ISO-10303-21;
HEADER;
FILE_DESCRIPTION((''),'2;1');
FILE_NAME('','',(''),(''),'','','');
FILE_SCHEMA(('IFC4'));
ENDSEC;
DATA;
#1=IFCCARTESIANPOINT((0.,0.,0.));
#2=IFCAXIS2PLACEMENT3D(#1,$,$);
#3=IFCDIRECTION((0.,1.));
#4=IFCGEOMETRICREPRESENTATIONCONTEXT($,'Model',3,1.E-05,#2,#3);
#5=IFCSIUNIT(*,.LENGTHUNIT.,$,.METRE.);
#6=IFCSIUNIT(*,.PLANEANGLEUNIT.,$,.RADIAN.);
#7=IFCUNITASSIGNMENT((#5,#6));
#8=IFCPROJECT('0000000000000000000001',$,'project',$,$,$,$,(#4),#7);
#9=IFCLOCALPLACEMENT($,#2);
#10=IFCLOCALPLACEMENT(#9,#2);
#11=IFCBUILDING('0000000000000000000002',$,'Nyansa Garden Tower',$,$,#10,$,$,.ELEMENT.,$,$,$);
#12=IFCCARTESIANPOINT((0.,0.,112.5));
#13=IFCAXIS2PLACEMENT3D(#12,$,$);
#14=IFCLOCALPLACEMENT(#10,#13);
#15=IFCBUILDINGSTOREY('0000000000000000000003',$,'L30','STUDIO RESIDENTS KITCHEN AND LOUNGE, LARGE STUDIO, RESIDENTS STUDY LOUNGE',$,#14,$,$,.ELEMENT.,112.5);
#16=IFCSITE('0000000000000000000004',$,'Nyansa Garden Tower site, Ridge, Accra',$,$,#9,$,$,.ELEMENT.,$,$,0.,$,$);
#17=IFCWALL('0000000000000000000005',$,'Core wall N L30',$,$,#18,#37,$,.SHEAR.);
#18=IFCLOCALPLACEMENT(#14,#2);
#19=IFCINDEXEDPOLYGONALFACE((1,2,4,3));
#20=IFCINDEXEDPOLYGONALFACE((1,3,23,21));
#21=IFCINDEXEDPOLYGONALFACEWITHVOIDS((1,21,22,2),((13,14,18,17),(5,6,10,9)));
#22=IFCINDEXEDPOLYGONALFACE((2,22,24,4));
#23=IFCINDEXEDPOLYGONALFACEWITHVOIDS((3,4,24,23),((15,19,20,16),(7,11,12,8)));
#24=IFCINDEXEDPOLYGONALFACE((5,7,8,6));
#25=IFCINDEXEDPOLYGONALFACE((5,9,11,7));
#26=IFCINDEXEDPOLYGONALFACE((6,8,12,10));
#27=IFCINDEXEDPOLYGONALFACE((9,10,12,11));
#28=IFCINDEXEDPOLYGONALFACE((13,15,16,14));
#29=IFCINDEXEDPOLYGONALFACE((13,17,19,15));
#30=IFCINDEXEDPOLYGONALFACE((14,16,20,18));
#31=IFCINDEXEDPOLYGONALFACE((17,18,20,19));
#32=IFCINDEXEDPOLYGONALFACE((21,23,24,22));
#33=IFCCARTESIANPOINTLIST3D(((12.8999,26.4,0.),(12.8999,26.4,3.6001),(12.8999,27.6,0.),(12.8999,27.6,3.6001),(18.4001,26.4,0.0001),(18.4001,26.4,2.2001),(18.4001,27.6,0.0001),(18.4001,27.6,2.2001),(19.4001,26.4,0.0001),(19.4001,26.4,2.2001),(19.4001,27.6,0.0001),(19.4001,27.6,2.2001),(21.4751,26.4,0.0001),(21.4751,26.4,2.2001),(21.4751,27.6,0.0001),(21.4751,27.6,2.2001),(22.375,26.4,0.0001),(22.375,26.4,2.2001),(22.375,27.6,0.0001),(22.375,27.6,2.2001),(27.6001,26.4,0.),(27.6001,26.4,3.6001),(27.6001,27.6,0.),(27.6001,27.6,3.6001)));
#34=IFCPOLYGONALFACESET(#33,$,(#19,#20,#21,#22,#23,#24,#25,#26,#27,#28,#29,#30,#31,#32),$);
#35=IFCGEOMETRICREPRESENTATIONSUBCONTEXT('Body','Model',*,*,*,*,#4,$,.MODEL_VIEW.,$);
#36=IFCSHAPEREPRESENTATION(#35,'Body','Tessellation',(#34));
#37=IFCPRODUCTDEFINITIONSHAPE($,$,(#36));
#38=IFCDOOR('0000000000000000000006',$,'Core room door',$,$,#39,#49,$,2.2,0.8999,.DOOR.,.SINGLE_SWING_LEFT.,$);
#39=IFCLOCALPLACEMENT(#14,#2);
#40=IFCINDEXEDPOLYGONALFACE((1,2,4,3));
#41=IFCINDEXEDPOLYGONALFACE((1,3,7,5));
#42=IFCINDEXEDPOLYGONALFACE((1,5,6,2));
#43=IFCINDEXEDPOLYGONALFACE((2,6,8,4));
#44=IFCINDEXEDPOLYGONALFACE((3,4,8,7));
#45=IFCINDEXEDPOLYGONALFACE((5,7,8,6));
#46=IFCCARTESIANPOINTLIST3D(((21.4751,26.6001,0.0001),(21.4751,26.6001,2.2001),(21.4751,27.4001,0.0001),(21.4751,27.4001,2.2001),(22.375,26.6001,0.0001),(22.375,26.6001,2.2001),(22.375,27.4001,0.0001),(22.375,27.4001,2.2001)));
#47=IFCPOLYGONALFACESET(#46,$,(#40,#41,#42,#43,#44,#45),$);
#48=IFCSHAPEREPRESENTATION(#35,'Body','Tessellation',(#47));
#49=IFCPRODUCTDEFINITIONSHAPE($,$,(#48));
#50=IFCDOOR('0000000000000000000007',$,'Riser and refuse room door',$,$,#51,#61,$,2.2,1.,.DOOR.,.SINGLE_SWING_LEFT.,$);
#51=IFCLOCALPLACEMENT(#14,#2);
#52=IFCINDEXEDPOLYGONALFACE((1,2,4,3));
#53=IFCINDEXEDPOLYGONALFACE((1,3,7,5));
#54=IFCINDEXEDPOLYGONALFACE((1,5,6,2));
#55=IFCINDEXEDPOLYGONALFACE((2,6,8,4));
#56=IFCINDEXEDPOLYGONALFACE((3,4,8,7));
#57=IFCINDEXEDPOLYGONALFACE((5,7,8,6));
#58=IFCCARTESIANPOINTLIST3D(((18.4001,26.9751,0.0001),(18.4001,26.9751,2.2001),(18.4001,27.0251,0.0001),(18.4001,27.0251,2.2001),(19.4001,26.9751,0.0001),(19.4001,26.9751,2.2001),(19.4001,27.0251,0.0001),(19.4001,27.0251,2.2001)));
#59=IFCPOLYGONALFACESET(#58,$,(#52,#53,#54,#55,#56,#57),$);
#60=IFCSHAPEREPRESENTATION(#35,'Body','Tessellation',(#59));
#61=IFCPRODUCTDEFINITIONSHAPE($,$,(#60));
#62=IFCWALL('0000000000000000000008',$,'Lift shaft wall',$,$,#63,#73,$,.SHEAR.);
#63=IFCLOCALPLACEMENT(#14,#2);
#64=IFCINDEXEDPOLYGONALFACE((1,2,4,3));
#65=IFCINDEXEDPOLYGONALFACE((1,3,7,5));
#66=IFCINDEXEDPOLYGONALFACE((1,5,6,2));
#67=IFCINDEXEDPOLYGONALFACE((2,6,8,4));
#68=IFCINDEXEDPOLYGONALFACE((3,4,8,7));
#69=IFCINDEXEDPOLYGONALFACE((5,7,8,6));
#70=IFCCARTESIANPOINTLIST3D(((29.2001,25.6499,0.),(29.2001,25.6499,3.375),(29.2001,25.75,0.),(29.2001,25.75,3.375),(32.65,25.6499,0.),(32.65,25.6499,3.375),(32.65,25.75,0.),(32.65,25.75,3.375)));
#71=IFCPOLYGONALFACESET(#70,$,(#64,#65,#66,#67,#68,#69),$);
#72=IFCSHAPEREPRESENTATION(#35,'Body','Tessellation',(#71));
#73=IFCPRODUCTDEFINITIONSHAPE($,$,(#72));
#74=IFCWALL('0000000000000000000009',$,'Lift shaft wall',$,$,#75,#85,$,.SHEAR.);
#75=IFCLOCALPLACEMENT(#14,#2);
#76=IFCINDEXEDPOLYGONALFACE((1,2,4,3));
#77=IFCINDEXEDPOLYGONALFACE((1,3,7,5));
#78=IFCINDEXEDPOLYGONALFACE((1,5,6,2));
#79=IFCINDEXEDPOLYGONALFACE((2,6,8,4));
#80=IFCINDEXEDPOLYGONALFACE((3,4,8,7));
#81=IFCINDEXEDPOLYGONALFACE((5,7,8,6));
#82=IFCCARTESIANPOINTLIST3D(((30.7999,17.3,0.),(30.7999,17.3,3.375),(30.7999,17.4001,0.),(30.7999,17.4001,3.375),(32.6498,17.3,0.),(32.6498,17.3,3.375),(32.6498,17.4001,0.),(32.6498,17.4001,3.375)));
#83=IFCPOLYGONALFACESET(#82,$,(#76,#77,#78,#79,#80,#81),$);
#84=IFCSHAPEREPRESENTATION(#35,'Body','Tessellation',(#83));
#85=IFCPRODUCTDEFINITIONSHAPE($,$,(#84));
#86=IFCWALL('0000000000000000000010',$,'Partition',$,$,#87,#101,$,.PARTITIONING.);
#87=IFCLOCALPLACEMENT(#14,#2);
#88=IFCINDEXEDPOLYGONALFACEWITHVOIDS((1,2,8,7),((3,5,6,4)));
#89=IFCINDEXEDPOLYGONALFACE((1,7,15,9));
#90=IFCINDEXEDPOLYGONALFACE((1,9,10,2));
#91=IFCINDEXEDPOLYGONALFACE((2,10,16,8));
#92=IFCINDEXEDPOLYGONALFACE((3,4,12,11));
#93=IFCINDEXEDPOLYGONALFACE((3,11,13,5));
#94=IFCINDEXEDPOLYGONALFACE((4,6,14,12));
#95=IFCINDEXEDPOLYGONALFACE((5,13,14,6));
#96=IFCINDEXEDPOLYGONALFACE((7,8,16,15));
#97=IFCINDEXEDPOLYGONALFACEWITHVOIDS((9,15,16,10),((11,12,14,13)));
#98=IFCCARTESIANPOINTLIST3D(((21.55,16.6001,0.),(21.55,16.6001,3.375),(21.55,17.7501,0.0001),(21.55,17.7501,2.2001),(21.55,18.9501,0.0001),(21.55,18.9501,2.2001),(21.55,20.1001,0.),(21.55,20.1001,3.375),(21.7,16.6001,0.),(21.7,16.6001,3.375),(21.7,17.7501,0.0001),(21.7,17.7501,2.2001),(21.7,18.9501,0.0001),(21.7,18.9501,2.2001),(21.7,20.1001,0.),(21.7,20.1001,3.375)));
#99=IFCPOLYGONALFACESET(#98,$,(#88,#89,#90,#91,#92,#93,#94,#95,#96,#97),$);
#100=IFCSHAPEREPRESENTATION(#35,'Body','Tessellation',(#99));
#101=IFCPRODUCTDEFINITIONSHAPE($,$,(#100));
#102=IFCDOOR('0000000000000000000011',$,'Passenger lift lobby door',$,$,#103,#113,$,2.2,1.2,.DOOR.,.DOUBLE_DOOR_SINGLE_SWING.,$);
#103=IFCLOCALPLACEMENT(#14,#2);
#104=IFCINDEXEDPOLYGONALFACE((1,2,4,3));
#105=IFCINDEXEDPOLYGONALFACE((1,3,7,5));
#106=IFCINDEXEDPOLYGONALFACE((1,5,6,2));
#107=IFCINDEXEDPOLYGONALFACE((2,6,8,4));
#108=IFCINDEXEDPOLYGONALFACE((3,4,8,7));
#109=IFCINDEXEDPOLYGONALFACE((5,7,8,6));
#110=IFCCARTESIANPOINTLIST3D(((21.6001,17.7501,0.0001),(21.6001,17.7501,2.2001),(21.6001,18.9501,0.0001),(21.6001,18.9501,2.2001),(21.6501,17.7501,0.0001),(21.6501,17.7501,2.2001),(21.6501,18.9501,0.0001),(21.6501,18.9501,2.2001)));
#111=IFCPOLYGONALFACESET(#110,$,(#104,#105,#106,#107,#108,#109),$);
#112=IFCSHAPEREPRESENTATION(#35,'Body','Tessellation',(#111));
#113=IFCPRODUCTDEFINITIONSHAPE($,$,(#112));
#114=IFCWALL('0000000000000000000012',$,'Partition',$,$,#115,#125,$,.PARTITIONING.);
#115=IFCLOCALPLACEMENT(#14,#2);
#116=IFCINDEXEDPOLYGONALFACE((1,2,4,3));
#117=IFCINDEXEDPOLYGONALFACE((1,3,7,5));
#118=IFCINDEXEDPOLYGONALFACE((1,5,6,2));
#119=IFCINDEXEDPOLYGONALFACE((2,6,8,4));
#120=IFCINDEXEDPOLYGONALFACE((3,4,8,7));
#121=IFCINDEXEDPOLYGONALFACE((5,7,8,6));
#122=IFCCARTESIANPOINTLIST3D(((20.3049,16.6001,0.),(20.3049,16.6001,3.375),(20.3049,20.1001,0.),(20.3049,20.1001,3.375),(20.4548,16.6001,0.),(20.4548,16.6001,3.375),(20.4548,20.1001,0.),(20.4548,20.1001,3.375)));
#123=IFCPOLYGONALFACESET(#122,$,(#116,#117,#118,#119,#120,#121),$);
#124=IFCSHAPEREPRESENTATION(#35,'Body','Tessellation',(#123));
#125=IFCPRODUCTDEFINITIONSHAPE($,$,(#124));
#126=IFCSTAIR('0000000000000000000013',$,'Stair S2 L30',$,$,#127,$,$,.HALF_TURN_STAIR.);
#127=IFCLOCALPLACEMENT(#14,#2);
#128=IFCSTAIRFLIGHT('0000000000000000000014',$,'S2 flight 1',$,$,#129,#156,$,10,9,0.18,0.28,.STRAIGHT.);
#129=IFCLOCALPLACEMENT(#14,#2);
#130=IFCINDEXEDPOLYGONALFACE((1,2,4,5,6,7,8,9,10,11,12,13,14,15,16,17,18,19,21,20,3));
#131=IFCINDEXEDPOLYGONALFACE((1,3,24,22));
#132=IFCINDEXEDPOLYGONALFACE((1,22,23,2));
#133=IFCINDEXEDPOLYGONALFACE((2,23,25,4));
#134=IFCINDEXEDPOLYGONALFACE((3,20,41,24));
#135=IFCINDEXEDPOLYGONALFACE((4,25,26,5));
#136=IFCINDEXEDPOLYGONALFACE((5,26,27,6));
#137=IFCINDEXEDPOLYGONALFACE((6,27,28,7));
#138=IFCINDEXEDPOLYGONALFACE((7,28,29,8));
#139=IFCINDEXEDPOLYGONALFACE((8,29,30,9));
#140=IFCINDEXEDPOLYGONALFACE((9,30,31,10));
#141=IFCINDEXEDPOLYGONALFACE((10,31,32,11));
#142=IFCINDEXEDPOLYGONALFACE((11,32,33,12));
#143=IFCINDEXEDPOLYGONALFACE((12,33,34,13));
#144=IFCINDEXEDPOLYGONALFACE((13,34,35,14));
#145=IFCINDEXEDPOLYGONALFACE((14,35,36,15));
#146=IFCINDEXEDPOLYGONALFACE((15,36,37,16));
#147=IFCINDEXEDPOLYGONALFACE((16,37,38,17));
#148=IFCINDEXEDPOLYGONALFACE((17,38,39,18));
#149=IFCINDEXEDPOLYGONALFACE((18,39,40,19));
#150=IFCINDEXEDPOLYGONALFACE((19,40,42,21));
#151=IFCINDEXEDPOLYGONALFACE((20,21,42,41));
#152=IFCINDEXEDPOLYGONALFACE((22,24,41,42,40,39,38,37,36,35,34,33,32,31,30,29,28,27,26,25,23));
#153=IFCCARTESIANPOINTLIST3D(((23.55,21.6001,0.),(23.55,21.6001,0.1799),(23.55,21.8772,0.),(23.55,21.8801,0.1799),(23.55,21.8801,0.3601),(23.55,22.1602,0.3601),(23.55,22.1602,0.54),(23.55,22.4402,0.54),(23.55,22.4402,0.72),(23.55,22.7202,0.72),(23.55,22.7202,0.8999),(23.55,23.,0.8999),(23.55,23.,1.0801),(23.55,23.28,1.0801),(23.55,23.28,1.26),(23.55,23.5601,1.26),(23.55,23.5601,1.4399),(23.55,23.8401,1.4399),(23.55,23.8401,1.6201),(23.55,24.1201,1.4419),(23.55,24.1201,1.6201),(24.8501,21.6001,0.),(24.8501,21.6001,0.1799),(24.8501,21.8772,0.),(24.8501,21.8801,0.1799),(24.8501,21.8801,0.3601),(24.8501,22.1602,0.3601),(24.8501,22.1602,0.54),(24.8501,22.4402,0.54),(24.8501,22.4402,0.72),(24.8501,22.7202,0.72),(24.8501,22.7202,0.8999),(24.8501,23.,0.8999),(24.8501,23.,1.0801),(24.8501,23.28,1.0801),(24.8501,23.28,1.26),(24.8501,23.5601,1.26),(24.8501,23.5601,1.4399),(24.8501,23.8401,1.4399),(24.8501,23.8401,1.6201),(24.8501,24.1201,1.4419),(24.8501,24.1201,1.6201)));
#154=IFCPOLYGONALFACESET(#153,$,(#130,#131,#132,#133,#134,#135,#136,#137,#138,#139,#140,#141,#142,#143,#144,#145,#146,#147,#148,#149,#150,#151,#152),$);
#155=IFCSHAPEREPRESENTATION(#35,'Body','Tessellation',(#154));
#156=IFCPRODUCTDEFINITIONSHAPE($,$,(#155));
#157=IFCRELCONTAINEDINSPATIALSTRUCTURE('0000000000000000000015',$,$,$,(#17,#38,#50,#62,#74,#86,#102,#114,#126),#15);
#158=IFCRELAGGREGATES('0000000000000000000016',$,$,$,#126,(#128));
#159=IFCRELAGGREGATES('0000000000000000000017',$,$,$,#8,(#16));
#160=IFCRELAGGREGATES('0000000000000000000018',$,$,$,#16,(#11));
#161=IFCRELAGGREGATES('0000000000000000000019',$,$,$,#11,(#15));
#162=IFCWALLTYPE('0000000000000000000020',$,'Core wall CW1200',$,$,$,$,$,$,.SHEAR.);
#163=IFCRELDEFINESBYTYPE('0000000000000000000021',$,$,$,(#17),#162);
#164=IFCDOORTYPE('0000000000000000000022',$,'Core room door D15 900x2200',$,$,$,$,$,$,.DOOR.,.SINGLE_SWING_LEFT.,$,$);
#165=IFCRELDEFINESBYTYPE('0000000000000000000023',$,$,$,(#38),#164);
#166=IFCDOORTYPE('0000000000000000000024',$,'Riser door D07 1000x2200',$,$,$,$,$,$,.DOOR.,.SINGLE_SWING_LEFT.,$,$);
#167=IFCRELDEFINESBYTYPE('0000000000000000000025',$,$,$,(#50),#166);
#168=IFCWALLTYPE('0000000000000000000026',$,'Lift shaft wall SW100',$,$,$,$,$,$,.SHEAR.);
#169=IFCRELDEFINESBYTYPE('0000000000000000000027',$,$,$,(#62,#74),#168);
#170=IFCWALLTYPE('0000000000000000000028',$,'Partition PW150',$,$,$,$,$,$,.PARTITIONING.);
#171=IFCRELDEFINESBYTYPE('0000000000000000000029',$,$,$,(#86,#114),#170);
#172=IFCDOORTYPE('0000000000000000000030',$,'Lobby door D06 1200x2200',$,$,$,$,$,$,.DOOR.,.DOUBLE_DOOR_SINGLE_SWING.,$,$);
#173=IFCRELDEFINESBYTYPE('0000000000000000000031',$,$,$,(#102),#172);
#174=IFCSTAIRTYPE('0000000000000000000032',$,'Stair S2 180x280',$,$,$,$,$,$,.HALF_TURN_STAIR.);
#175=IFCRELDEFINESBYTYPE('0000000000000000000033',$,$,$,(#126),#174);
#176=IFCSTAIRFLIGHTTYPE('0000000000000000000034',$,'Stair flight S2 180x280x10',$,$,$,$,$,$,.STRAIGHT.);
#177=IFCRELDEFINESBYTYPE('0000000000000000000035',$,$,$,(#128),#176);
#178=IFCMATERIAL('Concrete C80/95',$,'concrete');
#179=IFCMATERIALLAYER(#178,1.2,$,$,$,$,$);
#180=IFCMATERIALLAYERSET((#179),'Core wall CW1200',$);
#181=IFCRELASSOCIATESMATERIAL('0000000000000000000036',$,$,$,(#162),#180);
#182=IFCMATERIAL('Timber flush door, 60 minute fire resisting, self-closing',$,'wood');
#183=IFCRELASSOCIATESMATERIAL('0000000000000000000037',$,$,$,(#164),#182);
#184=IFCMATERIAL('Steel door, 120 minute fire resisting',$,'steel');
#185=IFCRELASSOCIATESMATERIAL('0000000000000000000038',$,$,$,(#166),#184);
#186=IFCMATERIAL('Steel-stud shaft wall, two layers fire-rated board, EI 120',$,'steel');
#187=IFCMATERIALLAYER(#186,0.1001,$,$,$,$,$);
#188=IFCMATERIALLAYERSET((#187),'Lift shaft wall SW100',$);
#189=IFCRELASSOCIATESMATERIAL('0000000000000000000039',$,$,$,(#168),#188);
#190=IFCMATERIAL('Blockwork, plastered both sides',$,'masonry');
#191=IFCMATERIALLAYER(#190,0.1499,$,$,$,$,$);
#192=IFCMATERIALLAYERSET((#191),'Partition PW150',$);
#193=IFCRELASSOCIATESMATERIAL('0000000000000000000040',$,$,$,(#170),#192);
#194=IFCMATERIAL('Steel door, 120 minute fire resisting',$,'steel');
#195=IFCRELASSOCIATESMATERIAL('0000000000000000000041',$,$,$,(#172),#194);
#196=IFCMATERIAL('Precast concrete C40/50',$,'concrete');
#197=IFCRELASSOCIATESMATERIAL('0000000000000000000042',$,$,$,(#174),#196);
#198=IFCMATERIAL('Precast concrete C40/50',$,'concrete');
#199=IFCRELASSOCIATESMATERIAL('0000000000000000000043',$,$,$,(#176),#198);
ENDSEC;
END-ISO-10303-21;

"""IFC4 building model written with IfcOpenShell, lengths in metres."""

from ifc_helpers import new_model, si_unit, direction, frame, frame_2d, origin, place, context, subcontext, project, spatial, polyline, rectangle, outline, extrude, material, layer, layer_set, type_object, element, fill, aggregate, save


model = new_model("IFC4")

# Units and contexts
model_context = context("Model", 3, precision=1e-05, world=origin(), true_north=direction((0.0, 1.0)))
body_context = subcontext(model_context, "Body", "Model", "MODEL_VIEW")
ifc_project = project(units=[si_unit("LENGTHUNIT", "METRE"), si_unit("PLANEANGLEUNIT", "RADIAN")], contexts=[model_context])

# Site, building, storey
site_placement = place(None, origin())
site = spatial("IfcSite", under=ifc_project, at=site_placement, Name="Nyansa Garden Tower site, Ridge, Accra", CompositionType="ELEMENT", RefElevation=0.0)
building_placement = place(site_placement, origin())
building = spatial("IfcBuilding", under=site, at=building_placement, Name="Nyansa Garden Tower", CompositionType="ELEMENT")
storey_placement = place(building_placement, frame((0.0, 0.0, 112.5)))
storey = spatial("IfcBuildingStorey", under=building, at=storey_placement, Name="L30", Description="STUDIO RESIDENTS KITCHEN AND LOUNGE, LARGE STUDIO, RESIDENTS STUDY LOUNGE", CompositionType="ELEMENT", Elevation=112.5)

# Wall, openings, doors
ifc_material_1 = material(Name="Concrete C80/95", Category="concrete")
ifc_layer_1 = layer(ifc_material_1, 1.2)
ifc_layer_set_1 = layer_set([ifc_layer_1], Name="Core wall CW1200")
wall_type_1 = type_object("IfcWallType", Name="Core wall CW1200", PredefinedType="SHEAR", material=ifc_layer_set_1)
wall_1_placement = place(storey_placement, frame((27.6001, 27.0, 0.0), z_axis=(0.0, 0.0, 1.0), x_axis=(-1.0, 0.0, 0.0)))
wall_1 = element("IfcWall", 1, at=wall_1_placement, inside=storey, type_object=wall_type_1, Name="Core wall N L30", PredefinedType="SHEAR", context=body_context, shape_type="SweptSolid", body=[
    extrude(rectangle(XDim=14.7002, YDim=1.2, at=frame_2d((7.3501, 0.0))), origin(), (0.0, 0.0, 1.0), 3.6001),
])
opening_1_placement = place(wall_1_placement, frame((5.2251, 0.0, 0.0)))
opening_1 = element("IfcOpeningElement", 2, at=opening_1_placement, cuts=wall_1, PredefinedType="OPENING", context=body_context, shape_type="SweptSolid", body=[
    extrude(rectangle(XDim=0.8999, YDim=2.2, at=frame_2d((0.45, 1.1001))), frame((0.0, 0.6099, 0.0), z_axis=(0.0, -1.0, 0.0), x_axis=(1.0, 0.0, 0.0)), (0.0, 0.0, 1.0), 1.22),
])
opening_2_placement = place(wall_1_placement, frame((8.2, 0.0, 0.0)))
opening_2 = element("IfcOpeningElement", 3, at=opening_2_placement, cuts=wall_1, PredefinedType="OPENING", context=body_context, shape_type="SweptSolid", body=[
    extrude(rectangle(XDim=1.0, YDim=2.2, at=frame_2d((0.5, 1.1001))), frame((0.0, 0.6099, 0.0), z_axis=(0.0, -1.0, 0.0), x_axis=(1.0, 0.0, 0.0)), (0.0, 0.0, 1.0), 1.22),
])
ifc_material_2 = material(Name="Timber flush door, 60 minute fire resisting, self-closing", Category="wood")
door_type_1 = type_object("IfcDoorType", Name="Core room door D15 900x2200", OperationType="SINGLE_SWING_LEFT", PredefinedType="DOOR", material=ifc_material_2)
door_1_placement = place(opening_1_placement, origin())
door_1 = element("IfcDoor", 4, at=door_1_placement, inside=storey, type_object=door_type_1, Name="Core room door", OperationType="SINGLE_SWING_LEFT", OverallHeight=2.2, OverallWidth=0.8999, PredefinedType="DOOR", context=body_context, shape_type="SweptSolid", body=[
    extrude(rectangle(XDim=0.8999, YDim=2.2, at=frame_2d((0.45, 1.1001))), frame((0.0, 0.3999, 0.0), z_axis=(0.0, -1.0, 0.0), x_axis=(1.0, 0.0, 0.0)), (0.0, 0.0, 1.0), 0.8),
])
fill(opening_1, door_1)
ifc_material_3 = material(Name="Steel door, 120 minute fire resisting", Category="steel")
door_type_2 = type_object("IfcDoorType", Name="Riser door D07 1000x2200", OperationType="SINGLE_SWING_LEFT", PredefinedType="DOOR", material=ifc_material_3)
door_2_placement = place(opening_2_placement, origin())
door_2 = element("IfcDoor", 5, at=door_2_placement, inside=storey, type_object=door_type_2, Name="Riser and refuse room door", OperationType="SINGLE_SWING_LEFT", OverallHeight=2.2, OverallWidth=1.0, PredefinedType="DOOR", context=body_context, shape_type="SweptSolid", body=[
    extrude(rectangle(XDim=1.0, YDim=2.2, at=frame_2d((0.5, 1.1001))), frame((0.0, 0.0249, 0.0), z_axis=(0.0, -1.0, 0.0), x_axis=(1.0, 0.0, 0.0)), (0.0, 0.0, 1.0), 0.05),
])
fill(opening_2, door_2)

# Walls
ifc_material_4 = material(Name="Steel-stud shaft wall, two layers fire-rated board, EI 120", Category="steel")
ifc_layer_2 = layer(ifc_material_4, 0.1001)
ifc_layer_set_2 = layer_set([ifc_layer_2], Name="Lift shaft wall SW100")
wall_type_2 = type_object("IfcWallType", Name="Lift shaft wall SW100", PredefinedType="SHEAR", material=ifc_layer_set_2)
wall_2_placement = place(storey_placement, frame((29.2, 25.7, 0.0), z_axis=(0.0, 0.0, 1.0), x_axis=(1.0, 0.0, 0.0)))
element("IfcWall", 6, at=wall_2_placement, inside=storey, type_object=wall_type_2, Name="Lift shaft wall", PredefinedType="SHEAR", context=body_context, shape_type="SweptSolid", body=[
    extrude(rectangle(XDim=3.45, YDim=0.1001, at=frame_2d((1.7251, 0.0))), origin(), (0.0, 0.0, 1.0), 3.375),
])
wall_3_placement = place(storey_placement, frame((30.8, 17.3501, 0.0), z_axis=(0.0, 0.0, 1.0), x_axis=(1.0, 0.0, 0.0)))
element("IfcWall", 7, at=wall_3_placement, inside=storey, type_object=wall_type_2, Name="Lift shaft wall", PredefinedType="SHEAR", context=body_context, shape_type="SweptSolid", body=[
    extrude(rectangle(XDim=1.8499, YDim=0.1001, at=frame_2d((0.9248, 0.0))), origin(), (0.0, 0.0, 1.0), 3.375),
])

# Wall, opening, door
ifc_material_5 = material(Name="Blockwork, plastered both sides", Category="masonry")
ifc_layer_3 = layer(ifc_material_5, 0.1499)
ifc_layer_set_3 = layer_set([ifc_layer_3], Name="Partition PW150")
wall_type_3 = type_object("IfcWallType", Name="Partition PW150", PredefinedType="PARTITIONING", material=ifc_layer_set_3)
wall_4_placement = place(storey_placement, frame((21.625, 16.6001, 0.0), z_axis=(0.0, 0.0, 1.0), x_axis=(0.0, 1.0, 0.0)))
wall_4 = element("IfcWall", 8, at=wall_4_placement, inside=storey, type_object=wall_type_3, Name="Partition", PredefinedType="PARTITIONING", context=body_context, shape_type="SweptSolid", body=[
    extrude(rectangle(XDim=3.5, YDim=0.1499, at=frame_2d((1.75, 0.0))), origin(), (0.0, 0.0, 1.0), 3.375),
])
opening_3_placement = place(wall_4_placement, frame((1.1499, 0.0, 0.0)))
opening_3 = element("IfcOpeningElement", 9, at=opening_3_placement, cuts=wall_4, PredefinedType="OPENING", context=body_context, shape_type="SweptSolid", body=[
    extrude(rectangle(XDim=1.2, YDim=2.2, at=frame_2d((0.6001, 1.1001))), frame((0.0, 0.085, 0.0), z_axis=(0.0, -1.0, 0.0), x_axis=(1.0, 0.0, 0.0)), (0.0, 0.0, 1.0), 0.1699),
])
ifc_material_6 = material(Name="Steel door, 120 minute fire resisting", Category="steel")
door_type_3 = type_object("IfcDoorType", Name="Lobby door D06 1200x2200", OperationType="DOUBLE_DOOR_SINGLE_SWING", PredefinedType="DOOR", material=ifc_material_6)
door_3_placement = place(opening_3_placement, origin())
door_3 = element("IfcDoor", 10, at=door_3_placement, inside=storey, type_object=door_type_3, Name="Passenger lift lobby door", OperationType="DOUBLE_DOOR_SINGLE_SWING", OverallHeight=2.2, OverallWidth=1.2, PredefinedType="DOOR", context=body_context, shape_type="SweptSolid", body=[
    extrude(rectangle(XDim=1.2, YDim=2.2, at=frame_2d((0.6001, 1.1001))), frame((0.0, 0.0249, 0.0), z_axis=(0.0, -1.0, 0.0), x_axis=(1.0, 0.0, 0.0)), (0.0, 0.0, 1.0), 0.05),
])
fill(opening_3, door_3)

# Wall
wall_5_placement = place(storey_placement, frame((20.3799, 16.6001, 0.0), z_axis=(0.0, 0.0, 1.0), x_axis=(0.0, 1.0, 0.0)))
element("IfcWall", 11, at=wall_5_placement, inside=storey, type_object=wall_type_3, Name="Partition", PredefinedType="PARTITIONING", context=body_context, shape_type="SweptSolid", body=[
    extrude(rectangle(XDim=3.5, YDim=0.1499, at=frame_2d((1.75, 0.0))), origin(), (0.0, 0.0, 1.0), 3.375),
])

# Stair, stair flight
ifc_material_7 = material(Name="Precast concrete C40/50", Category="concrete")
stair_type = type_object("IfcStairType", Name="Stair S2 180x280", PredefinedType="HALF_TURN_STAIR", material=ifc_material_7)
stair_placement = place(storey_placement, origin())
stair = element("IfcStair", 12, at=stair_placement, inside=storey, type_object=stair_type, Name="Stair S2 L30", PredefinedType="HALF_TURN_STAIR")
ifc_material_8 = material(Name="Precast concrete C40/50", Category="concrete")
stair_flight_type = type_object("IfcStairFlightType", Name="Stair flight S2 180x280x10", PredefinedType="STRAIGHT", material=ifc_material_8)
stair_flight_1_placement = place(storey_placement, frame((24.2, 21.6001, 0.0), z_axis=(0.0, 0.0, 1.0), x_axis=(0.0, 1.0, 0.0)))
stair_flight_1 = element("IfcStairFlight", 13, at=stair_flight_1_placement, type_object=stair_flight_type, Name="S2 flight 1", NumberOfRisers=10, NumberOfTreads=9, PredefinedType="STRAIGHT", RiserHeight=0.18, TreadLength=0.28, context=body_context, shape_type="SweptSolid", body=[
    extrude(outline(polyline([(0.0, 0.0), (0.0, 0.1799), (0.28, 0.1799), (0.28, 0.3601), (0.5601, 0.3601), (0.5601, 0.54), (0.8401, 0.54), (0.8401, 0.72), (1.1201, 0.72), (1.1201, 0.8999), (1.3999, 0.8999), (1.3999, 1.0801), (1.6799, 1.0801), (1.6799, 1.26), (1.96, 1.26), (1.96, 1.4399), (2.24, 1.4399), (2.24, 1.6201), (2.52, 1.6201), (2.52, 1.8), (2.52, 1.4419), (0.2771, 0.0), (0.0, 0.0)])), frame((0.0, 0.6499, 0.0), z_axis=(0.0, -1.0, 0.0), x_axis=(1.0, 0.0, 0.0)), (0.0, 0.0, 1.0), 1.3),
])
aggregate(stair, [stair_flight_1])

save(model, "model.ifc")
